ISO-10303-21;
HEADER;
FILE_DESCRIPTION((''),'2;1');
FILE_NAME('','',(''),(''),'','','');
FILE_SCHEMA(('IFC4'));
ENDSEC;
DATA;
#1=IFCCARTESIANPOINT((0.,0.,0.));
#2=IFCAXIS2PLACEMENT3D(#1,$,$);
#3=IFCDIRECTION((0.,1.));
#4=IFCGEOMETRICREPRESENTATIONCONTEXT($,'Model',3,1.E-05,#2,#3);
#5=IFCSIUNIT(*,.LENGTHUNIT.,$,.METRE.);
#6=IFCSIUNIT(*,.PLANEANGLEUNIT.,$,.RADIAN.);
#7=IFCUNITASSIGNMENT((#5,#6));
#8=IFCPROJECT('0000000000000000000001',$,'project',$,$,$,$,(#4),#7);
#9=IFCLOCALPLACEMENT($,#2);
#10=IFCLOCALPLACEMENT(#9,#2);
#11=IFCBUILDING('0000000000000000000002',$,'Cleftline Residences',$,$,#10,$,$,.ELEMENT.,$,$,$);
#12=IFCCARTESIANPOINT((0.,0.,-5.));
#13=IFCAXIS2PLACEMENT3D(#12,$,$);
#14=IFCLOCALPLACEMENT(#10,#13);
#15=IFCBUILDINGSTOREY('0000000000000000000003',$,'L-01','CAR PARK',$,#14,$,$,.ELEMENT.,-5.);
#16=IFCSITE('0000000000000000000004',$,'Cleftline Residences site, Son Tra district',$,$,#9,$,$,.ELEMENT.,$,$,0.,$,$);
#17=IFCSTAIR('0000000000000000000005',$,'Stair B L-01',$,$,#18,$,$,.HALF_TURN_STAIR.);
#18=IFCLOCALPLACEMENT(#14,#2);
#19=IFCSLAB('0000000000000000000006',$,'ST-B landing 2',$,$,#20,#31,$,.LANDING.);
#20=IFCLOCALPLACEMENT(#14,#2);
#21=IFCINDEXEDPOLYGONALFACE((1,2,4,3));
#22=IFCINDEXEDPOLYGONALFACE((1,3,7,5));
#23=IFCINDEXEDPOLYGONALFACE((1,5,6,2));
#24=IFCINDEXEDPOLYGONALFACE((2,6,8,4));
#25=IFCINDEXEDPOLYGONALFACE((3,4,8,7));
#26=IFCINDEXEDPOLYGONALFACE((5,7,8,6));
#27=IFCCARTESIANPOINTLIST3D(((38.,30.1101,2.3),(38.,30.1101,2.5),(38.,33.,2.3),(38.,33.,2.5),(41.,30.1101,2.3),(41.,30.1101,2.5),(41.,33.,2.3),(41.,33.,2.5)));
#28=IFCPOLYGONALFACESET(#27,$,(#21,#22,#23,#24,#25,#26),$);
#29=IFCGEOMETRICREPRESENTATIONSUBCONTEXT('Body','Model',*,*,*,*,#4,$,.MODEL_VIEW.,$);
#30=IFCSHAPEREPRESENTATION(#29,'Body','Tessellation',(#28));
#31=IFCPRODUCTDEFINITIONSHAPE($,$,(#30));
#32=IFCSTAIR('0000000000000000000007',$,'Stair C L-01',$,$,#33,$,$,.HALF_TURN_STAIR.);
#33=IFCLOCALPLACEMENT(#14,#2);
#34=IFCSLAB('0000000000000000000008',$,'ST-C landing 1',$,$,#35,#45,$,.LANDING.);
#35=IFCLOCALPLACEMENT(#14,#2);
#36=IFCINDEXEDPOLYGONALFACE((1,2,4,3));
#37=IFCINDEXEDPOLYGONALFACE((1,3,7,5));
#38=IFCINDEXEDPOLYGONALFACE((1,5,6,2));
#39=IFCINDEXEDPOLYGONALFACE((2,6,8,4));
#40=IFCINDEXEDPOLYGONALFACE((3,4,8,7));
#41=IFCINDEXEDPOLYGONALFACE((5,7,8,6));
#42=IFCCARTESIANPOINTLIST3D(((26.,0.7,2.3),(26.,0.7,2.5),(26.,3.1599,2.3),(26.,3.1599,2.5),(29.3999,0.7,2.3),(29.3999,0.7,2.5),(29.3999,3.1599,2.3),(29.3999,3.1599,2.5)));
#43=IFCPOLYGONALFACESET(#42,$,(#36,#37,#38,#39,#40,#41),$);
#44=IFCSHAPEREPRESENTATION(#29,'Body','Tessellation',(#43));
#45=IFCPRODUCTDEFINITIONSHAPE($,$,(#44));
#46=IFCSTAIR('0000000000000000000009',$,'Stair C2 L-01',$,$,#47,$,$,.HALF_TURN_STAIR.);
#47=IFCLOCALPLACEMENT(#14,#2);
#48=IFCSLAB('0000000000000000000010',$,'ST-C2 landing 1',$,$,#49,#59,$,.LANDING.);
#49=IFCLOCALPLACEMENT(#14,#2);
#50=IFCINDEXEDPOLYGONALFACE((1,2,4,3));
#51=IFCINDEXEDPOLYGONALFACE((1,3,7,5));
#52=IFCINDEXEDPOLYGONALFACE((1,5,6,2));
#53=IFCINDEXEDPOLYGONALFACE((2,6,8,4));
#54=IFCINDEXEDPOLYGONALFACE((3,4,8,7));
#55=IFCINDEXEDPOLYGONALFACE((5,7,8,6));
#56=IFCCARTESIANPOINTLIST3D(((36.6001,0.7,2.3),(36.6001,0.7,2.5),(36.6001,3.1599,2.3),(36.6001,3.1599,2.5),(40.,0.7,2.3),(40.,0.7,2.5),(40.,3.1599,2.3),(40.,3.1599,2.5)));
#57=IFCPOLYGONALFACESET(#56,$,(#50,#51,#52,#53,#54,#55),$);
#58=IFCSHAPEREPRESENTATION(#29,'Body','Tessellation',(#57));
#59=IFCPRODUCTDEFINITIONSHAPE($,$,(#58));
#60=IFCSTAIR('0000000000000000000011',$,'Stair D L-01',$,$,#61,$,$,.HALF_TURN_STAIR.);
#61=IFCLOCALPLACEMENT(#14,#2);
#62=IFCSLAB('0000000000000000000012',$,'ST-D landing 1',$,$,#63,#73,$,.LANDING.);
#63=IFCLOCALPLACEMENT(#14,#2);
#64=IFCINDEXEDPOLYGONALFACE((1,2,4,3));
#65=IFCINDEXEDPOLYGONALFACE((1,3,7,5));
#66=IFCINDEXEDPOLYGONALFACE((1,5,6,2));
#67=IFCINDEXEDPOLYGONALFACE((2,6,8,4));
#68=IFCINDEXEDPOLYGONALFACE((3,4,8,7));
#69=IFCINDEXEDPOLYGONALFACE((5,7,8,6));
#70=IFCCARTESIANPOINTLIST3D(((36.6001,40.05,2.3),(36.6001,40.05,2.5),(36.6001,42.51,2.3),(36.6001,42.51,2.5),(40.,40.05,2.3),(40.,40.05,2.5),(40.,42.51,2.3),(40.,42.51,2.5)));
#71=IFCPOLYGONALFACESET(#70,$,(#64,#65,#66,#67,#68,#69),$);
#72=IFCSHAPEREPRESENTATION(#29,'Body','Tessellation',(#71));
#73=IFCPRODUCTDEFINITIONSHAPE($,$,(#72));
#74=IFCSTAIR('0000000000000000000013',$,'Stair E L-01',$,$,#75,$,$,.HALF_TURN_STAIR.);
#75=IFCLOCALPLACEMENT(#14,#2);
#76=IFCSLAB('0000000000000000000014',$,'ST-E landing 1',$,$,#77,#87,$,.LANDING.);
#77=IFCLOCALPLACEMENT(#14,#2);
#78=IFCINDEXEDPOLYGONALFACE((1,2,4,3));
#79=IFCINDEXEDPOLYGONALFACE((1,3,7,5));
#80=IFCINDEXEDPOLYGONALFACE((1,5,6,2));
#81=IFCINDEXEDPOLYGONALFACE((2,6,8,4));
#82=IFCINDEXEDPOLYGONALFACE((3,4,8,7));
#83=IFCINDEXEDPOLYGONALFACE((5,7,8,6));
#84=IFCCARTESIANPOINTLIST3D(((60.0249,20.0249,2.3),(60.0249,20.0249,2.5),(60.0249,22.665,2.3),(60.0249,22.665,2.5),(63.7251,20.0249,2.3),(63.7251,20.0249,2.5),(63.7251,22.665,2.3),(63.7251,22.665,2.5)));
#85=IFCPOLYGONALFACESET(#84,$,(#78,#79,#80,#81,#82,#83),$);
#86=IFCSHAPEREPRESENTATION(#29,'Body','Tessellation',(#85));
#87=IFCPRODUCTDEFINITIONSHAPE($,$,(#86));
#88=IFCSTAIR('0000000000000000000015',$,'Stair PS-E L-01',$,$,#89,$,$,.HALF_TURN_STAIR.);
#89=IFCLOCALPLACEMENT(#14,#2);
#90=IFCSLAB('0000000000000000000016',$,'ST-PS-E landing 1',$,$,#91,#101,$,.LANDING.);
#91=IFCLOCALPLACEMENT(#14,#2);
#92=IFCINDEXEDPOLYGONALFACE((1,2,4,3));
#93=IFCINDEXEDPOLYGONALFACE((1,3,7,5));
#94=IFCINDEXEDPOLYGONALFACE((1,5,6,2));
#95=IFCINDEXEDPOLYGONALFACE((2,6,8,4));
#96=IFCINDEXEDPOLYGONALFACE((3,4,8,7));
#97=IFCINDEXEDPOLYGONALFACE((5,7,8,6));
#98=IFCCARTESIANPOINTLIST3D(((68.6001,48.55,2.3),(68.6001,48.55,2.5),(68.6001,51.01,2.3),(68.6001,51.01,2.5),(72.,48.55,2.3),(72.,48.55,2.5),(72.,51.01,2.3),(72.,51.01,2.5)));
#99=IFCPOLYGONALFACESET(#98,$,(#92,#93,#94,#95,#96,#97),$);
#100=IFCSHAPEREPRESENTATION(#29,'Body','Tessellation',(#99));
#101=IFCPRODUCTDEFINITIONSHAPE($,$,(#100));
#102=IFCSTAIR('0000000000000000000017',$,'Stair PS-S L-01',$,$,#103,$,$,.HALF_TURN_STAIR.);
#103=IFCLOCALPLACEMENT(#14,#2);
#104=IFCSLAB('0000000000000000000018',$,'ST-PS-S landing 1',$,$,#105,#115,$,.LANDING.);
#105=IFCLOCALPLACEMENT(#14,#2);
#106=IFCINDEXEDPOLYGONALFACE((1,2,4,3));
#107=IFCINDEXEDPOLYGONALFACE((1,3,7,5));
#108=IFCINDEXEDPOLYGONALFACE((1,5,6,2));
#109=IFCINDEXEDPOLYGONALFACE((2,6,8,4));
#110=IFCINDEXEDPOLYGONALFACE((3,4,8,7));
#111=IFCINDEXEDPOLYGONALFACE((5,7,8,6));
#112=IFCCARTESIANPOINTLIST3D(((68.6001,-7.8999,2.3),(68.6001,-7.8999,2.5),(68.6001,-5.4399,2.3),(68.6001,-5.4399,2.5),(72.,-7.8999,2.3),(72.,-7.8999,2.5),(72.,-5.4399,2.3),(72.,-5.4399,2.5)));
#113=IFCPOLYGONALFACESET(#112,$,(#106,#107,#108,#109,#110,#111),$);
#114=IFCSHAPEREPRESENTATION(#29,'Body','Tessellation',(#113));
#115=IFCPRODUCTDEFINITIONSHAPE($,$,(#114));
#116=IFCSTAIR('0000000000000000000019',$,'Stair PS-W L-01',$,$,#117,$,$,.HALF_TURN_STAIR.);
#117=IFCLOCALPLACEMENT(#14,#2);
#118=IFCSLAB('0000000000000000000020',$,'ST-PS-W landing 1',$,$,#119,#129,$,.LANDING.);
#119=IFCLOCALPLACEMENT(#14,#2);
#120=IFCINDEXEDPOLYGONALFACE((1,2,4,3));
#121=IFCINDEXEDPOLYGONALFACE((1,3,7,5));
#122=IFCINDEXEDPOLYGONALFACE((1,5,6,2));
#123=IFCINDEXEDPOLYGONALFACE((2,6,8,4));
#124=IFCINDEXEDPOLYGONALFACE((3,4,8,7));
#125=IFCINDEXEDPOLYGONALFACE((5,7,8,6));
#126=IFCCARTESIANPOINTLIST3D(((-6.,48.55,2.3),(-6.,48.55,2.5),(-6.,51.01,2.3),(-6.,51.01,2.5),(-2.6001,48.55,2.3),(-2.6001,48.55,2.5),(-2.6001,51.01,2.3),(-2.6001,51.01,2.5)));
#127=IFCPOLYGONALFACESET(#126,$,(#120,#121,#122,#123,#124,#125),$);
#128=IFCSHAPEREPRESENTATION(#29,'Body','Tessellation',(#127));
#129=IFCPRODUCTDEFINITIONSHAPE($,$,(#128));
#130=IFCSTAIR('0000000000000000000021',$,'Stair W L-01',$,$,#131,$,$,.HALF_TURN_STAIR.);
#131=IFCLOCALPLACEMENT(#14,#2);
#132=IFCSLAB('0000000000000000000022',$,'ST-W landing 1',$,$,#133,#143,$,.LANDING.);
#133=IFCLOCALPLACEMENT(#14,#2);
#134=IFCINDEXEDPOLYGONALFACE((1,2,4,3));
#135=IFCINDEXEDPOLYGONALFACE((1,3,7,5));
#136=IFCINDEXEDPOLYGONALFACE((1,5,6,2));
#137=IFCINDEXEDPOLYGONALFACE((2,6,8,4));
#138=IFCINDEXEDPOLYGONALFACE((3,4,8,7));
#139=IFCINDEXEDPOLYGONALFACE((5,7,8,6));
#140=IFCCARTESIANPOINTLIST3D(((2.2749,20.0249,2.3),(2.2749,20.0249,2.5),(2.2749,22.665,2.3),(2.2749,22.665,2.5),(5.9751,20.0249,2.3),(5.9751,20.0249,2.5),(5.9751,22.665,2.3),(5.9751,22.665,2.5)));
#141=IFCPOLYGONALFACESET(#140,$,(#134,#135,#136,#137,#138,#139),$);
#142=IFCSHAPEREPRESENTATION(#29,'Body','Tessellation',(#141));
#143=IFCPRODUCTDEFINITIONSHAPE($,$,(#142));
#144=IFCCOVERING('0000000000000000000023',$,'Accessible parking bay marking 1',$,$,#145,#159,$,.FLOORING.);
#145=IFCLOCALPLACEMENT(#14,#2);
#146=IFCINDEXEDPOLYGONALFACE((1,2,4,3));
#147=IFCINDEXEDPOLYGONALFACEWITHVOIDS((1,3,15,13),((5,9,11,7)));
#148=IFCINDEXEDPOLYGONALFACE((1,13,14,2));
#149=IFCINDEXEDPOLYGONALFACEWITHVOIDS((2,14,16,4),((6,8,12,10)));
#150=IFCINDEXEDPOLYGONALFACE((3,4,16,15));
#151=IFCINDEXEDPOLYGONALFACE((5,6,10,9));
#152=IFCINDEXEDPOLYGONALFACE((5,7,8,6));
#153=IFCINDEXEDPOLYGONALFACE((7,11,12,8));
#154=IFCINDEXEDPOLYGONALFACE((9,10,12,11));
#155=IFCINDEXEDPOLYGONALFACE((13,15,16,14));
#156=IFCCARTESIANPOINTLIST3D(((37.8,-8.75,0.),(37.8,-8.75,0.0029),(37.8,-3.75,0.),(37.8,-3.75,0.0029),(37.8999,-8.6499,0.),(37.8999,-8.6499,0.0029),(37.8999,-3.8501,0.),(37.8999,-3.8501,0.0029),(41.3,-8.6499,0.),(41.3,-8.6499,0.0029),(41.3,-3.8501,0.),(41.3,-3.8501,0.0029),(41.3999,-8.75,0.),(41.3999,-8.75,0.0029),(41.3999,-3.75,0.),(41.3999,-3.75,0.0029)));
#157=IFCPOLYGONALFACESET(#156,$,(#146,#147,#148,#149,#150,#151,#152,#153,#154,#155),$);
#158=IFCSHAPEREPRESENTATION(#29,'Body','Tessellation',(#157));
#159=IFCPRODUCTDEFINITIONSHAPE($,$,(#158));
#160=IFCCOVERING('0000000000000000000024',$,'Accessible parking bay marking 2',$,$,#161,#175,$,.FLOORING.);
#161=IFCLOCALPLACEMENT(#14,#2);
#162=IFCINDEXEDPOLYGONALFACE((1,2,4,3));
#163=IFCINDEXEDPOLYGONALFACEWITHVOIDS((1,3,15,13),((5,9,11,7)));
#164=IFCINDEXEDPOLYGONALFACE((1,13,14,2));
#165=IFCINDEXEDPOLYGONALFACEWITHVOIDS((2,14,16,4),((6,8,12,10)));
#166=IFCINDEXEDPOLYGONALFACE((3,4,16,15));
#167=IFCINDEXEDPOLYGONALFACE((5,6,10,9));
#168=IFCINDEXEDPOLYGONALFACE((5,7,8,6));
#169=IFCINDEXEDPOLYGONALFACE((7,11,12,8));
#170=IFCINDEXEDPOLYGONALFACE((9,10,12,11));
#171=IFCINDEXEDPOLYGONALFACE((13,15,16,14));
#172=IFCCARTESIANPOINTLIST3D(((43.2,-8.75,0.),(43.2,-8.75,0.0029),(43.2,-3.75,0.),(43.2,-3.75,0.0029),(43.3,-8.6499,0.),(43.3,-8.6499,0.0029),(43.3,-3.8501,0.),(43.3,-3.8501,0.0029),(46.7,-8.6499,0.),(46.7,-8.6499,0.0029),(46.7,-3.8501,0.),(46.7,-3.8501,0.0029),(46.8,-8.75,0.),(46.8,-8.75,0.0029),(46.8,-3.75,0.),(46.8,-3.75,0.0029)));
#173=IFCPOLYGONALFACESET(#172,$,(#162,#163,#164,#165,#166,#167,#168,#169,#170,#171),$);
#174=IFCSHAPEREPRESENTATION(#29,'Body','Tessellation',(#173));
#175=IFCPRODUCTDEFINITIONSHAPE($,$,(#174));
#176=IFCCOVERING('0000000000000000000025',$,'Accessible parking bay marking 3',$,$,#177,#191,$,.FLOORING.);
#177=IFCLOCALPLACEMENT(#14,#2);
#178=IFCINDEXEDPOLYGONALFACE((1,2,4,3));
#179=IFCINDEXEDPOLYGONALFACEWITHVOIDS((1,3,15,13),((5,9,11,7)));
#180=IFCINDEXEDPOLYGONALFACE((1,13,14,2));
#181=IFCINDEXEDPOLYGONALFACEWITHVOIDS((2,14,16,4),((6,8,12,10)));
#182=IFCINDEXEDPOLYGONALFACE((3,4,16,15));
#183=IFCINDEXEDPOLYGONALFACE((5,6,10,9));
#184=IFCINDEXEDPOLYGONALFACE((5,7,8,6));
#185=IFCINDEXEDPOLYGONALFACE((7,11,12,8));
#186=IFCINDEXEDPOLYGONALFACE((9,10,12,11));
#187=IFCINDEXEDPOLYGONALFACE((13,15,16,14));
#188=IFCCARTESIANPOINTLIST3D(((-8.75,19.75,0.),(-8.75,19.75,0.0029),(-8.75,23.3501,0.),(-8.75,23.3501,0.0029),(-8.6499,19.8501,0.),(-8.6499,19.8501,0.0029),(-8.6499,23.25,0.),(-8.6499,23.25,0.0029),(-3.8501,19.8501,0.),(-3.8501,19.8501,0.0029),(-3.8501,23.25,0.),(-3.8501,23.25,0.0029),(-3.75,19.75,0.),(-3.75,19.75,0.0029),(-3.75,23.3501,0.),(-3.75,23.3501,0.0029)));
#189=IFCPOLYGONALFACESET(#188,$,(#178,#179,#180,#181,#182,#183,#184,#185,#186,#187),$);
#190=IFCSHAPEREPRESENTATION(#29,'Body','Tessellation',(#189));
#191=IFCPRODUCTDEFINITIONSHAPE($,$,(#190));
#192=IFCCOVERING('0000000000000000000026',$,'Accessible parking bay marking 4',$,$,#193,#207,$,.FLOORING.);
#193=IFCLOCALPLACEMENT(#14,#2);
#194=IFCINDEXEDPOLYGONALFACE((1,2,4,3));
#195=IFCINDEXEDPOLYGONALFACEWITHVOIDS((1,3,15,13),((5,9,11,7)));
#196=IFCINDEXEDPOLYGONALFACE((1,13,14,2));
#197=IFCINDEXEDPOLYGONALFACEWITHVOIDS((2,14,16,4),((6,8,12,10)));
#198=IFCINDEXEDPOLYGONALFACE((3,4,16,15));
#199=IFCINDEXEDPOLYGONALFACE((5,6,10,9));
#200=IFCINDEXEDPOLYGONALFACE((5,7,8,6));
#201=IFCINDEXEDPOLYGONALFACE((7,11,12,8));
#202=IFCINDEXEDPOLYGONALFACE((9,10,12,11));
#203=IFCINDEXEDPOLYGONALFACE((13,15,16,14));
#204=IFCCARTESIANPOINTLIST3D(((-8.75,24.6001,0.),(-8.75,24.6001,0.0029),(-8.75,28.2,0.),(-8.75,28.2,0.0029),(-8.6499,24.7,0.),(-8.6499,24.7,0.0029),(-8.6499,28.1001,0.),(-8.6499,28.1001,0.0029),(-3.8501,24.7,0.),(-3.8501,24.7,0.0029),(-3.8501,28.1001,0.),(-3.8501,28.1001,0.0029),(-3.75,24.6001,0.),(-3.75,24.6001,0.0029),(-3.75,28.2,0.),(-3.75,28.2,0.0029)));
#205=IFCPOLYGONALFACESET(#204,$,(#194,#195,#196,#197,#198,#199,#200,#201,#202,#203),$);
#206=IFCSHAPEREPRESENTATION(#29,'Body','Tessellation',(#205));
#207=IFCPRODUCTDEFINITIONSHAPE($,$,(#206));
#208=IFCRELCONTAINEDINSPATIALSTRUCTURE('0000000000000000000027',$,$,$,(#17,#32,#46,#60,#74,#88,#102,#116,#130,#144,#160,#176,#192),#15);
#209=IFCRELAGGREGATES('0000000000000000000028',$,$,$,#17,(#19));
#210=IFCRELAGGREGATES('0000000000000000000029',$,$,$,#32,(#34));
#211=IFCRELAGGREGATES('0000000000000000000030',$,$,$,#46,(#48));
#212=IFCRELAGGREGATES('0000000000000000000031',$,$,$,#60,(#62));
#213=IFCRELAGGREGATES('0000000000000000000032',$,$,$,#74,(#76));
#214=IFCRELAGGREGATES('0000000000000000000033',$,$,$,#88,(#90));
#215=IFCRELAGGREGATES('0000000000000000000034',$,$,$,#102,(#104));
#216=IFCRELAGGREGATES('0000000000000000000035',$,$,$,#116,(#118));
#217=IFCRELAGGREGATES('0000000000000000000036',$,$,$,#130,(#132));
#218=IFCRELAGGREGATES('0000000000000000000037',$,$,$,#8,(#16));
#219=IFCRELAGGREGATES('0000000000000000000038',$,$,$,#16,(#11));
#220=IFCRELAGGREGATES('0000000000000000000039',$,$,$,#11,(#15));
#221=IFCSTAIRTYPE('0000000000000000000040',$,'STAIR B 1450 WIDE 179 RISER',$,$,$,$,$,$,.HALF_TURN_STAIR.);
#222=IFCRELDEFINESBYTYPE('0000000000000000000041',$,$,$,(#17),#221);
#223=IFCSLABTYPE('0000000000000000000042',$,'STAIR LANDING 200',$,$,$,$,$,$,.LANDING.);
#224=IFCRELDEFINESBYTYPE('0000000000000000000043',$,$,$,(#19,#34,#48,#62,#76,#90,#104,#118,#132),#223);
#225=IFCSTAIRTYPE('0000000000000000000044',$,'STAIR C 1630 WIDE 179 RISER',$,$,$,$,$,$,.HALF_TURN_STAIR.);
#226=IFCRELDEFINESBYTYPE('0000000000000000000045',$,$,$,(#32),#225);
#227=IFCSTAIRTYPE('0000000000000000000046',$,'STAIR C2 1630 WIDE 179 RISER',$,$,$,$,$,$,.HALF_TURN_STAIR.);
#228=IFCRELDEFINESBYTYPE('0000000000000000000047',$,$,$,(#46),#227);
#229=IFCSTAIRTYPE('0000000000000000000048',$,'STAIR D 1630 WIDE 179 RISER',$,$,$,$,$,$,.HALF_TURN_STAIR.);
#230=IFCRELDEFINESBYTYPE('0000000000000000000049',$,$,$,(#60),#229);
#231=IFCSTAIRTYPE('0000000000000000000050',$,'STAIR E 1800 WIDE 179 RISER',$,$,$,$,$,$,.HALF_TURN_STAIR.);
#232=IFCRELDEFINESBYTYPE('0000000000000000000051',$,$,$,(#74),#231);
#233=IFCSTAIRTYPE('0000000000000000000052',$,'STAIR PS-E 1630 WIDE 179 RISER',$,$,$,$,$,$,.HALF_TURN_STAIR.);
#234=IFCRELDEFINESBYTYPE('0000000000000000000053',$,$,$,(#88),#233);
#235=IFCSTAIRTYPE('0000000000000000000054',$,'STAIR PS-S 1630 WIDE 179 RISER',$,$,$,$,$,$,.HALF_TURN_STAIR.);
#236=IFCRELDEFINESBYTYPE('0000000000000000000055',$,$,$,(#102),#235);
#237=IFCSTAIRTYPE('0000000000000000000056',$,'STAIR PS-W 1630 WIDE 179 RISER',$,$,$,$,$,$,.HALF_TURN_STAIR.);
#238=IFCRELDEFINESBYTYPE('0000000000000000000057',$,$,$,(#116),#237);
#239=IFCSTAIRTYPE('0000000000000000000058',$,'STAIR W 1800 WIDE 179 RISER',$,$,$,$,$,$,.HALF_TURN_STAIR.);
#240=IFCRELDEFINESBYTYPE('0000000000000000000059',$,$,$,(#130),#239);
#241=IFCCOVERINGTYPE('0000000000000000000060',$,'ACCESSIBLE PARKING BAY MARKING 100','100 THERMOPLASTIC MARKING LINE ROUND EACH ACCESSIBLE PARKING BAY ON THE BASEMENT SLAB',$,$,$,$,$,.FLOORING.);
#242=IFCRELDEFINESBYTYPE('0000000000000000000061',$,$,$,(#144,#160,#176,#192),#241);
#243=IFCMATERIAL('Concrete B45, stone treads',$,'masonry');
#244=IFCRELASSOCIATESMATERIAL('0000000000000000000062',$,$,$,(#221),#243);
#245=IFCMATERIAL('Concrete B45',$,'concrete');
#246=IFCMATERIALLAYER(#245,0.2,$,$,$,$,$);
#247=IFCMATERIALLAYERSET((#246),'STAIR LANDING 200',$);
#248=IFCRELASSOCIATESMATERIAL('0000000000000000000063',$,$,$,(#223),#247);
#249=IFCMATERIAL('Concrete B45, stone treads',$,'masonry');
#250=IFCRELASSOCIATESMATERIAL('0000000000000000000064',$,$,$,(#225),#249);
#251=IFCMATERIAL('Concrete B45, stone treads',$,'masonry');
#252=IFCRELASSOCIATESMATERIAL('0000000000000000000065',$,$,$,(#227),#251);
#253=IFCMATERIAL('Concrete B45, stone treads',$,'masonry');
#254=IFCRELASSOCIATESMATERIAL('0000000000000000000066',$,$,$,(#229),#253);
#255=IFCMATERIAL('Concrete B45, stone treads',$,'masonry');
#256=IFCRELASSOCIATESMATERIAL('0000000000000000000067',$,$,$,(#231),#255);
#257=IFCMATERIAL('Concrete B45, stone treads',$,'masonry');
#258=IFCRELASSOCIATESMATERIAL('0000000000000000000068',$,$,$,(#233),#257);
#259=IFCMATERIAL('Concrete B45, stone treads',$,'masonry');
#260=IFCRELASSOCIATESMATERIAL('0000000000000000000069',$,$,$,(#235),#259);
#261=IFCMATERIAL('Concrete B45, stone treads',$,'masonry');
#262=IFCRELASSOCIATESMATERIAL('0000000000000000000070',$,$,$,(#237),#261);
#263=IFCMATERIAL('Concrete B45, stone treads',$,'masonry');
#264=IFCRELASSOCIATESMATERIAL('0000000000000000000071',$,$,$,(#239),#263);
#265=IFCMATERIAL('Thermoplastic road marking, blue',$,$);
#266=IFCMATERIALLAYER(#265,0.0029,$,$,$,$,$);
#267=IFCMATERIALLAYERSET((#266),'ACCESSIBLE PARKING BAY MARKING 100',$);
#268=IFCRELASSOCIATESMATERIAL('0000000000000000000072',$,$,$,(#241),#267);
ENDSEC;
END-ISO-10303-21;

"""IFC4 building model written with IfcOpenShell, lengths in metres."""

from ifc_helpers import new_model, si_unit, direction, frame, origin, place, context, subcontext, project, spatial, polyline, outline, extrude, material, layer, layer_set, type_object, element, aggregate, save


model = new_model("IFC4")

# Units and contexts
model_context = context("Model", 3, precision=1e-05, world=origin(), true_north=direction((0.0, 1.0)))
body_context = subcontext(model_context, "Body", "Model", "MODEL_VIEW")
ifc_project = project(units=[si_unit("LENGTHUNIT", "METRE"), si_unit("PLANEANGLEUNIT", "RADIAN")], contexts=[model_context])

# Site, building, storey
site_placement = place(None, origin())
site = spatial("IfcSite", under=ifc_project, at=site_placement, Name="Cleftline Residences site, Son Tra district", CompositionType="ELEMENT", RefElevation=0.0)
building_placement = place(site_placement, origin())
building = spatial("IfcBuilding", under=site, at=building_placement, Name="Cleftline Residences", CompositionType="ELEMENT")
storey_placement = place(building_placement, frame((0.0, 0.0, -5.0)))
storey = spatial("IfcBuildingStorey", under=building, at=storey_placement, Name="L-01", Description="CAR PARK", CompositionType="ELEMENT", Elevation=-5.0)

# Stairs, slabs
ifc_material_1 = material(Name="Concrete B45, stone treads", Category="masonry")
stair_type_1 = type_object("IfcStairType", Name="STAIR B 1450 WIDE 179 RISER", PredefinedType="HALF_TURN_STAIR", material=ifc_material_1)
stair_1_placement = place(storey_placement, origin())
stair_1 = element("IfcStair", 1, at=stair_1_placement, inside=storey, type_object=stair_type_1, Name="Stair B L-01", PredefinedType="HALF_TURN_STAIR")
ifc_material_2 = material(Name="Concrete B45", Category="concrete")
ifc_layer_1 = layer(ifc_material_2, 0.2)
ifc_layer_set_1 = layer_set([ifc_layer_1], Name="STAIR LANDING 200")
slab_type = type_object("IfcSlabType", Name="STAIR LANDING 200", PredefinedType="LANDING", material=ifc_layer_set_1)
slab_1_placement = place(storey_placement, frame((0.0, 0.0, 2.3)))
slab_1 = element("IfcSlab", 2, at=slab_1_placement, type_object=slab_type, Name="ST-B landing 2", PredefinedType="LANDING", context=body_context, shape_type="SweptSolid", body=[
    extrude(outline(polyline([(38.0, 30.1101), (41.0, 30.1101), (41.0, 33.0), (38.0, 33.0), (38.0, 30.1101)])), origin(), (0.0, 0.0, 1.0), 0.2),
])
aggregate(stair_1, [slab_1])
ifc_material_3 = material(Name="Concrete B45, stone treads", Category="masonry")
stair_type_2 = type_object("IfcStairType", Name="STAIR C 1630 WIDE 179 RISER", PredefinedType="HALF_TURN_STAIR", material=ifc_material_3)
stair_2_placement = place(storey_placement, origin())
stair_2 = element("IfcStair", 3, at=stair_2_placement, inside=storey, type_object=stair_type_2, Name="Stair C L-01", PredefinedType="HALF_TURN_STAIR")
slab_2_placement = place(storey_placement, frame((0.0, 0.0, 2.3)))
slab_2 = element("IfcSlab", 4, at=slab_2_placement, type_object=slab_type, Name="ST-C landing 1", PredefinedType="LANDING", context=body_context, shape_type="SweptSolid", body=[
    extrude(outline(polyline([(26.0, 0.7), (29.3999, 0.7), (29.3999, 3.1599), (26.0, 3.1599), (26.0, 0.7)])), origin(), (0.0, 0.0, 1.0), 0.2),
])
aggregate(stair_2, [slab_2])
ifc_material_4 = material(Name="Concrete B45, stone treads", Category="masonry")
stair_type_3 = type_object("IfcStairType", Name="STAIR C2 1630 WIDE 179 RISER", PredefinedType="HALF_TURN_STAIR", material=ifc_material_4)
stair_3_placement = place(storey_placement, origin())
stair_3 = element("IfcStair", 5, at=stair_3_placement, inside=storey, type_object=stair_type_3, Name="Stair C2 L-01", PredefinedType="HALF_TURN_STAIR")
slab_3_placement = place(storey_placement, frame((0.0, 0.0, 2.3)))
slab_3 = element("IfcSlab", 6, at=slab_3_placement, type_object=slab_type, Name="ST-C2 landing 1", PredefinedType="LANDING", context=body_context, shape_type="SweptSolid", body=[
    extrude(outline(polyline([(36.6001, 0.7), (40.0, 0.7), (40.0, 3.1599), (36.6001, 3.1599), (36.6001, 0.7)])), origin(), (0.0, 0.0, 1.0), 0.2),
])
aggregate(stair_3, [slab_3])
ifc_material_5 = material(Name="Concrete B45, stone treads", Category="masonry")
stair_type_4 = type_object("IfcStairType", Name="STAIR D 1630 WIDE 179 RISER", PredefinedType="HALF_TURN_STAIR", material=ifc_material_5)
stair_4_placement = place(storey_placement, origin())
stair_4 = element("IfcStair", 7, at=stair_4_placement, inside=storey, type_object=stair_type_4, Name="Stair D L-01", PredefinedType="HALF_TURN_STAIR")
slab_4_placement = place(storey_placement, frame((0.0, 0.0, 2.3)))
slab_4 = element("IfcSlab", 8, at=slab_4_placement, type_object=slab_type, Name="ST-D landing 1", PredefinedType="LANDING", context=body_context, shape_type="SweptSolid", body=[
    extrude(outline(polyline([(36.6001, 40.05), (40.0, 40.05), (40.0, 42.51), (36.6001, 42.51), (36.6001, 40.05)])), origin(), (0.0, 0.0, 1.0), 0.2),
])
aggregate(stair_4, [slab_4])
ifc_material_6 = material(Name="Concrete B45, stone treads", Category="masonry")
stair_type_5 = type_object("IfcStairType", Name="STAIR E 1800 WIDE 179 RISER", PredefinedType="HALF_TURN_STAIR", material=ifc_material_6)
stair_5_placement = place(storey_placement, origin())
stair_5 = element("IfcStair", 9, at=stair_5_placement, inside=storey, type_object=stair_type_5, Name="Stair E L-01", PredefinedType="HALF_TURN_STAIR")
slab_5_placement = place(storey_placement, frame((0.0, 0.0, 2.3)))
slab_5 = element("IfcSlab", 10, at=slab_5_placement, type_object=slab_type, Name="ST-E landing 1", PredefinedType="LANDING", context=body_context, shape_type="SweptSolid", body=[
    extrude(outline(polyline([(60.0249, 20.0249), (63.7251, 20.0249), (63.7251, 22.665), (60.0249, 22.665), (60.0249, 20.0249)])), origin(), (0.0, 0.0, 1.0), 0.2),
])
aggregate(stair_5, [slab_5])
ifc_material_7 = material(Name="Concrete B45, stone treads", Category="masonry")
stair_type_6 = type_object("IfcStairType", Name="STAIR PS-E 1630 WIDE 179 RISER", PredefinedType="HALF_TURN_STAIR", material=ifc_material_7)
stair_6_placement = place(storey_placement, origin())
stair_6 = element("IfcStair", 11, at=stair_6_placement, inside=storey, type_object=stair_type_6, Name="Stair PS-E L-01", PredefinedType="HALF_TURN_STAIR")
slab_6_placement = place(storey_placement, frame((0.0, 0.0, 2.3)))
slab_6 = element("IfcSlab", 12, at=slab_6_placement, type_object=slab_type, Name="ST-PS-E landing 1", PredefinedType="LANDING", context=body_context, shape_type="SweptSolid", body=[
    extrude(outline(polyline([(68.6001, 48.55), (72.0, 48.55), (72.0, 51.01), (68.6001, 51.01), (68.6001, 48.55)])), origin(), (0.0, 0.0, 1.0), 0.2),
])
aggregate(stair_6, [slab_6])
ifc_material_8 = material(Name="Concrete B45, stone treads", Category="masonry")
stair_type_7 = type_object("IfcStairType", Name="STAIR PS-S 1630 WIDE 179 RISER", PredefinedType="HALF_TURN_STAIR", material=ifc_material_8)
stair_7_placement = place(storey_placement, origin())
stair_7 = element("IfcStair", 13, at=stair_7_placement, inside=storey, type_object=stair_type_7, Name="Stair PS-S L-01", PredefinedType="HALF_TURN_STAIR")
slab_7_placement = place(storey_placement, frame((0.0, 0.0, 2.3)))
slab_7 = element("IfcSlab", 14, at=slab_7_placement, type_object=slab_type, Name="ST-PS-S landing 1", PredefinedType="LANDING", context=body_context, shape_type="SweptSolid", body=[
    extrude(outline(polyline([(68.6001, -7.8999), (72.0, -7.8999), (72.0, -5.4399), (68.6001, -5.4399), (68.6001, -7.8999)])), origin(), (0.0, 0.0, 1.0), 0.2),
])
aggregate(stair_7, [slab_7])
ifc_material_9 = material(Name="Concrete B45, stone treads", Category="masonry")
stair_type_8 = type_object("IfcStairType", Name="STAIR PS-W 1630 WIDE 179 RISER", PredefinedType="HALF_TURN_STAIR", material=ifc_material_9)
stair_8_placement = place(storey_placement, origin())
stair_8 = element("IfcStair", 15, at=stair_8_placement, inside=storey, type_object=stair_type_8, Name="Stair PS-W L-01", PredefinedType="HALF_TURN_STAIR")
slab_8_placement = place(storey_placement, frame((0.0, 0.0, 2.3)))
slab_8 = element("IfcSlab", 16, at=slab_8_placement, type_object=slab_type, Name="ST-PS-W landing 1", PredefinedType="LANDING", context=body_context, shape_type="SweptSolid", body=[
    extrude(outline(polyline([(-6.0, 48.55), (-2.6001, 48.55), (-2.6001, 51.01), (-6.0, 51.01), (-6.0, 48.55)])), origin(), (0.0, 0.0, 1.0), 0.2),
])
aggregate(stair_8, [slab_8])
ifc_material_10 = material(Name="Concrete B45, stone treads", Category="masonry")
stair_type_9 = type_object("IfcStairType", Name="STAIR W 1800 WIDE 179 RISER", PredefinedType="HALF_TURN_STAIR", material=ifc_material_10)
stair_9_placement = place(storey_placement, origin())
stair_9 = element("IfcStair", 17, at=stair_9_placement, inside=storey, type_object=stair_type_9, Name="Stair W L-01", PredefinedType="HALF_TURN_STAIR")
slab_9_placement = place(storey_placement, frame((0.0, 0.0, 2.3)))
slab_9 = element("IfcSlab", 18, at=slab_9_placement, type_object=slab_type, Name="ST-W landing 1", PredefinedType="LANDING", context=body_context, shape_type="SweptSolid", body=[
    extrude(outline(polyline([(2.2749, 20.0249), (5.9751, 20.0249), (5.9751, 22.665), (2.2749, 22.665), (2.2749, 20.0249)])), origin(), (0.0, 0.0, 1.0), 0.2),
])
aggregate(stair_9, [slab_9])

# Coverings
ifc_material_11 = material(Name="Thermoplastic road marking, blue")
ifc_layer_2 = layer(ifc_material_11, 0.0029)
ifc_layer_set_2 = layer_set([ifc_layer_2], Name="ACCESSIBLE PARKING BAY MARKING 100")
covering_type_1 = type_object("IfcCoveringType", Name="ACCESSIBLE PARKING BAY MARKING 100", Description="100 THERMOPLASTIC MARKING LINE ROUND EACH ACCESSIBLE PARKING BAY ON THE BASEMENT SLAB", PredefinedType="FLOORING", material=ifc_layer_set_2)
covering_1_placement = place(storey_placement, origin())
element("IfcCovering", 19, at=covering_1_placement, inside=storey, type_object=covering_type_1, Name="Accessible parking bay marking 1", PredefinedType="FLOORING", context=body_context, shape_type="SweptSolid", body=[
    extrude(outline(polyline([(41.3999, -8.75), (41.3999, -3.75), (37.8, -3.75), (37.8, -8.75), (41.3999, -8.75)]), holes=[polyline([(41.3, -3.8501), (37.8999, -3.8501), (37.8999, -8.6499), (41.3, -8.6499), (41.3, -3.8501)])]), origin(), (0.0, 0.0, 1.0), 0.0029),
])
covering_2_placement = place(storey_placement, origin())
element("IfcCovering", 20, at=covering_2_placement, inside=storey, type_object=covering_type_1, Name="Accessible parking bay marking 2", PredefinedType="FLOORING", context=body_context, shape_type="SweptSolid", body=[
    extrude(outline(polyline([(46.8, -8.75), (46.8, -3.75), (43.2, -3.75), (43.2, -8.75), (46.8, -8.75)]), holes=[polyline([(46.7, -3.8501), (43.3, -3.8501), (43.3, -8.6499), (46.7, -8.6499), (46.7, -3.8501)])]), origin(), (0.0, 0.0, 1.0), 0.0029),
])
covering_3_placement = place(storey_placement, origin())
element("IfcCovering", 21, at=covering_3_placement, inside=storey, type_object=covering_type_1, Name="Accessible parking bay marking 3", PredefinedType="FLOORING", context=body_context, shape_type="SweptSolid", body=[
    extrude(outline(polyline([(-3.75, 19.75), (-3.75, 23.3501), (-8.75, 23.3501), (-8.75, 19.75), (-3.75, 19.75)]), holes=[polyline([(-3.8501, 23.25), (-8.6499, 23.25), (-8.6499, 19.8501), (-3.8501, 19.8501), (-3.8501, 23.25)])]), origin(), (0.0, 0.0, 1.0), 0.0029),
])
covering_4_placement = place(storey_placement, origin())
element("IfcCovering", 22, at=covering_4_placement, inside=storey, type_object=covering_type_1, Name="Accessible parking bay marking 4", PredefinedType="FLOORING", context=body_context, shape_type="SweptSolid", body=[
    extrude(outline(polyline([(-3.75, 24.6001), (-3.75, 28.2), (-8.75, 28.2), (-8.75, 24.6001), (-3.75, 24.6001)]), holes=[polyline([(-3.8501, 28.1001), (-8.6499, 28.1001), (-8.6499, 24.7), (-3.8501, 24.7), (-3.8501, 28.1001)])]), origin(), (0.0, 0.0, 1.0), 0.0029),
])

save(model, "model.ifc")
